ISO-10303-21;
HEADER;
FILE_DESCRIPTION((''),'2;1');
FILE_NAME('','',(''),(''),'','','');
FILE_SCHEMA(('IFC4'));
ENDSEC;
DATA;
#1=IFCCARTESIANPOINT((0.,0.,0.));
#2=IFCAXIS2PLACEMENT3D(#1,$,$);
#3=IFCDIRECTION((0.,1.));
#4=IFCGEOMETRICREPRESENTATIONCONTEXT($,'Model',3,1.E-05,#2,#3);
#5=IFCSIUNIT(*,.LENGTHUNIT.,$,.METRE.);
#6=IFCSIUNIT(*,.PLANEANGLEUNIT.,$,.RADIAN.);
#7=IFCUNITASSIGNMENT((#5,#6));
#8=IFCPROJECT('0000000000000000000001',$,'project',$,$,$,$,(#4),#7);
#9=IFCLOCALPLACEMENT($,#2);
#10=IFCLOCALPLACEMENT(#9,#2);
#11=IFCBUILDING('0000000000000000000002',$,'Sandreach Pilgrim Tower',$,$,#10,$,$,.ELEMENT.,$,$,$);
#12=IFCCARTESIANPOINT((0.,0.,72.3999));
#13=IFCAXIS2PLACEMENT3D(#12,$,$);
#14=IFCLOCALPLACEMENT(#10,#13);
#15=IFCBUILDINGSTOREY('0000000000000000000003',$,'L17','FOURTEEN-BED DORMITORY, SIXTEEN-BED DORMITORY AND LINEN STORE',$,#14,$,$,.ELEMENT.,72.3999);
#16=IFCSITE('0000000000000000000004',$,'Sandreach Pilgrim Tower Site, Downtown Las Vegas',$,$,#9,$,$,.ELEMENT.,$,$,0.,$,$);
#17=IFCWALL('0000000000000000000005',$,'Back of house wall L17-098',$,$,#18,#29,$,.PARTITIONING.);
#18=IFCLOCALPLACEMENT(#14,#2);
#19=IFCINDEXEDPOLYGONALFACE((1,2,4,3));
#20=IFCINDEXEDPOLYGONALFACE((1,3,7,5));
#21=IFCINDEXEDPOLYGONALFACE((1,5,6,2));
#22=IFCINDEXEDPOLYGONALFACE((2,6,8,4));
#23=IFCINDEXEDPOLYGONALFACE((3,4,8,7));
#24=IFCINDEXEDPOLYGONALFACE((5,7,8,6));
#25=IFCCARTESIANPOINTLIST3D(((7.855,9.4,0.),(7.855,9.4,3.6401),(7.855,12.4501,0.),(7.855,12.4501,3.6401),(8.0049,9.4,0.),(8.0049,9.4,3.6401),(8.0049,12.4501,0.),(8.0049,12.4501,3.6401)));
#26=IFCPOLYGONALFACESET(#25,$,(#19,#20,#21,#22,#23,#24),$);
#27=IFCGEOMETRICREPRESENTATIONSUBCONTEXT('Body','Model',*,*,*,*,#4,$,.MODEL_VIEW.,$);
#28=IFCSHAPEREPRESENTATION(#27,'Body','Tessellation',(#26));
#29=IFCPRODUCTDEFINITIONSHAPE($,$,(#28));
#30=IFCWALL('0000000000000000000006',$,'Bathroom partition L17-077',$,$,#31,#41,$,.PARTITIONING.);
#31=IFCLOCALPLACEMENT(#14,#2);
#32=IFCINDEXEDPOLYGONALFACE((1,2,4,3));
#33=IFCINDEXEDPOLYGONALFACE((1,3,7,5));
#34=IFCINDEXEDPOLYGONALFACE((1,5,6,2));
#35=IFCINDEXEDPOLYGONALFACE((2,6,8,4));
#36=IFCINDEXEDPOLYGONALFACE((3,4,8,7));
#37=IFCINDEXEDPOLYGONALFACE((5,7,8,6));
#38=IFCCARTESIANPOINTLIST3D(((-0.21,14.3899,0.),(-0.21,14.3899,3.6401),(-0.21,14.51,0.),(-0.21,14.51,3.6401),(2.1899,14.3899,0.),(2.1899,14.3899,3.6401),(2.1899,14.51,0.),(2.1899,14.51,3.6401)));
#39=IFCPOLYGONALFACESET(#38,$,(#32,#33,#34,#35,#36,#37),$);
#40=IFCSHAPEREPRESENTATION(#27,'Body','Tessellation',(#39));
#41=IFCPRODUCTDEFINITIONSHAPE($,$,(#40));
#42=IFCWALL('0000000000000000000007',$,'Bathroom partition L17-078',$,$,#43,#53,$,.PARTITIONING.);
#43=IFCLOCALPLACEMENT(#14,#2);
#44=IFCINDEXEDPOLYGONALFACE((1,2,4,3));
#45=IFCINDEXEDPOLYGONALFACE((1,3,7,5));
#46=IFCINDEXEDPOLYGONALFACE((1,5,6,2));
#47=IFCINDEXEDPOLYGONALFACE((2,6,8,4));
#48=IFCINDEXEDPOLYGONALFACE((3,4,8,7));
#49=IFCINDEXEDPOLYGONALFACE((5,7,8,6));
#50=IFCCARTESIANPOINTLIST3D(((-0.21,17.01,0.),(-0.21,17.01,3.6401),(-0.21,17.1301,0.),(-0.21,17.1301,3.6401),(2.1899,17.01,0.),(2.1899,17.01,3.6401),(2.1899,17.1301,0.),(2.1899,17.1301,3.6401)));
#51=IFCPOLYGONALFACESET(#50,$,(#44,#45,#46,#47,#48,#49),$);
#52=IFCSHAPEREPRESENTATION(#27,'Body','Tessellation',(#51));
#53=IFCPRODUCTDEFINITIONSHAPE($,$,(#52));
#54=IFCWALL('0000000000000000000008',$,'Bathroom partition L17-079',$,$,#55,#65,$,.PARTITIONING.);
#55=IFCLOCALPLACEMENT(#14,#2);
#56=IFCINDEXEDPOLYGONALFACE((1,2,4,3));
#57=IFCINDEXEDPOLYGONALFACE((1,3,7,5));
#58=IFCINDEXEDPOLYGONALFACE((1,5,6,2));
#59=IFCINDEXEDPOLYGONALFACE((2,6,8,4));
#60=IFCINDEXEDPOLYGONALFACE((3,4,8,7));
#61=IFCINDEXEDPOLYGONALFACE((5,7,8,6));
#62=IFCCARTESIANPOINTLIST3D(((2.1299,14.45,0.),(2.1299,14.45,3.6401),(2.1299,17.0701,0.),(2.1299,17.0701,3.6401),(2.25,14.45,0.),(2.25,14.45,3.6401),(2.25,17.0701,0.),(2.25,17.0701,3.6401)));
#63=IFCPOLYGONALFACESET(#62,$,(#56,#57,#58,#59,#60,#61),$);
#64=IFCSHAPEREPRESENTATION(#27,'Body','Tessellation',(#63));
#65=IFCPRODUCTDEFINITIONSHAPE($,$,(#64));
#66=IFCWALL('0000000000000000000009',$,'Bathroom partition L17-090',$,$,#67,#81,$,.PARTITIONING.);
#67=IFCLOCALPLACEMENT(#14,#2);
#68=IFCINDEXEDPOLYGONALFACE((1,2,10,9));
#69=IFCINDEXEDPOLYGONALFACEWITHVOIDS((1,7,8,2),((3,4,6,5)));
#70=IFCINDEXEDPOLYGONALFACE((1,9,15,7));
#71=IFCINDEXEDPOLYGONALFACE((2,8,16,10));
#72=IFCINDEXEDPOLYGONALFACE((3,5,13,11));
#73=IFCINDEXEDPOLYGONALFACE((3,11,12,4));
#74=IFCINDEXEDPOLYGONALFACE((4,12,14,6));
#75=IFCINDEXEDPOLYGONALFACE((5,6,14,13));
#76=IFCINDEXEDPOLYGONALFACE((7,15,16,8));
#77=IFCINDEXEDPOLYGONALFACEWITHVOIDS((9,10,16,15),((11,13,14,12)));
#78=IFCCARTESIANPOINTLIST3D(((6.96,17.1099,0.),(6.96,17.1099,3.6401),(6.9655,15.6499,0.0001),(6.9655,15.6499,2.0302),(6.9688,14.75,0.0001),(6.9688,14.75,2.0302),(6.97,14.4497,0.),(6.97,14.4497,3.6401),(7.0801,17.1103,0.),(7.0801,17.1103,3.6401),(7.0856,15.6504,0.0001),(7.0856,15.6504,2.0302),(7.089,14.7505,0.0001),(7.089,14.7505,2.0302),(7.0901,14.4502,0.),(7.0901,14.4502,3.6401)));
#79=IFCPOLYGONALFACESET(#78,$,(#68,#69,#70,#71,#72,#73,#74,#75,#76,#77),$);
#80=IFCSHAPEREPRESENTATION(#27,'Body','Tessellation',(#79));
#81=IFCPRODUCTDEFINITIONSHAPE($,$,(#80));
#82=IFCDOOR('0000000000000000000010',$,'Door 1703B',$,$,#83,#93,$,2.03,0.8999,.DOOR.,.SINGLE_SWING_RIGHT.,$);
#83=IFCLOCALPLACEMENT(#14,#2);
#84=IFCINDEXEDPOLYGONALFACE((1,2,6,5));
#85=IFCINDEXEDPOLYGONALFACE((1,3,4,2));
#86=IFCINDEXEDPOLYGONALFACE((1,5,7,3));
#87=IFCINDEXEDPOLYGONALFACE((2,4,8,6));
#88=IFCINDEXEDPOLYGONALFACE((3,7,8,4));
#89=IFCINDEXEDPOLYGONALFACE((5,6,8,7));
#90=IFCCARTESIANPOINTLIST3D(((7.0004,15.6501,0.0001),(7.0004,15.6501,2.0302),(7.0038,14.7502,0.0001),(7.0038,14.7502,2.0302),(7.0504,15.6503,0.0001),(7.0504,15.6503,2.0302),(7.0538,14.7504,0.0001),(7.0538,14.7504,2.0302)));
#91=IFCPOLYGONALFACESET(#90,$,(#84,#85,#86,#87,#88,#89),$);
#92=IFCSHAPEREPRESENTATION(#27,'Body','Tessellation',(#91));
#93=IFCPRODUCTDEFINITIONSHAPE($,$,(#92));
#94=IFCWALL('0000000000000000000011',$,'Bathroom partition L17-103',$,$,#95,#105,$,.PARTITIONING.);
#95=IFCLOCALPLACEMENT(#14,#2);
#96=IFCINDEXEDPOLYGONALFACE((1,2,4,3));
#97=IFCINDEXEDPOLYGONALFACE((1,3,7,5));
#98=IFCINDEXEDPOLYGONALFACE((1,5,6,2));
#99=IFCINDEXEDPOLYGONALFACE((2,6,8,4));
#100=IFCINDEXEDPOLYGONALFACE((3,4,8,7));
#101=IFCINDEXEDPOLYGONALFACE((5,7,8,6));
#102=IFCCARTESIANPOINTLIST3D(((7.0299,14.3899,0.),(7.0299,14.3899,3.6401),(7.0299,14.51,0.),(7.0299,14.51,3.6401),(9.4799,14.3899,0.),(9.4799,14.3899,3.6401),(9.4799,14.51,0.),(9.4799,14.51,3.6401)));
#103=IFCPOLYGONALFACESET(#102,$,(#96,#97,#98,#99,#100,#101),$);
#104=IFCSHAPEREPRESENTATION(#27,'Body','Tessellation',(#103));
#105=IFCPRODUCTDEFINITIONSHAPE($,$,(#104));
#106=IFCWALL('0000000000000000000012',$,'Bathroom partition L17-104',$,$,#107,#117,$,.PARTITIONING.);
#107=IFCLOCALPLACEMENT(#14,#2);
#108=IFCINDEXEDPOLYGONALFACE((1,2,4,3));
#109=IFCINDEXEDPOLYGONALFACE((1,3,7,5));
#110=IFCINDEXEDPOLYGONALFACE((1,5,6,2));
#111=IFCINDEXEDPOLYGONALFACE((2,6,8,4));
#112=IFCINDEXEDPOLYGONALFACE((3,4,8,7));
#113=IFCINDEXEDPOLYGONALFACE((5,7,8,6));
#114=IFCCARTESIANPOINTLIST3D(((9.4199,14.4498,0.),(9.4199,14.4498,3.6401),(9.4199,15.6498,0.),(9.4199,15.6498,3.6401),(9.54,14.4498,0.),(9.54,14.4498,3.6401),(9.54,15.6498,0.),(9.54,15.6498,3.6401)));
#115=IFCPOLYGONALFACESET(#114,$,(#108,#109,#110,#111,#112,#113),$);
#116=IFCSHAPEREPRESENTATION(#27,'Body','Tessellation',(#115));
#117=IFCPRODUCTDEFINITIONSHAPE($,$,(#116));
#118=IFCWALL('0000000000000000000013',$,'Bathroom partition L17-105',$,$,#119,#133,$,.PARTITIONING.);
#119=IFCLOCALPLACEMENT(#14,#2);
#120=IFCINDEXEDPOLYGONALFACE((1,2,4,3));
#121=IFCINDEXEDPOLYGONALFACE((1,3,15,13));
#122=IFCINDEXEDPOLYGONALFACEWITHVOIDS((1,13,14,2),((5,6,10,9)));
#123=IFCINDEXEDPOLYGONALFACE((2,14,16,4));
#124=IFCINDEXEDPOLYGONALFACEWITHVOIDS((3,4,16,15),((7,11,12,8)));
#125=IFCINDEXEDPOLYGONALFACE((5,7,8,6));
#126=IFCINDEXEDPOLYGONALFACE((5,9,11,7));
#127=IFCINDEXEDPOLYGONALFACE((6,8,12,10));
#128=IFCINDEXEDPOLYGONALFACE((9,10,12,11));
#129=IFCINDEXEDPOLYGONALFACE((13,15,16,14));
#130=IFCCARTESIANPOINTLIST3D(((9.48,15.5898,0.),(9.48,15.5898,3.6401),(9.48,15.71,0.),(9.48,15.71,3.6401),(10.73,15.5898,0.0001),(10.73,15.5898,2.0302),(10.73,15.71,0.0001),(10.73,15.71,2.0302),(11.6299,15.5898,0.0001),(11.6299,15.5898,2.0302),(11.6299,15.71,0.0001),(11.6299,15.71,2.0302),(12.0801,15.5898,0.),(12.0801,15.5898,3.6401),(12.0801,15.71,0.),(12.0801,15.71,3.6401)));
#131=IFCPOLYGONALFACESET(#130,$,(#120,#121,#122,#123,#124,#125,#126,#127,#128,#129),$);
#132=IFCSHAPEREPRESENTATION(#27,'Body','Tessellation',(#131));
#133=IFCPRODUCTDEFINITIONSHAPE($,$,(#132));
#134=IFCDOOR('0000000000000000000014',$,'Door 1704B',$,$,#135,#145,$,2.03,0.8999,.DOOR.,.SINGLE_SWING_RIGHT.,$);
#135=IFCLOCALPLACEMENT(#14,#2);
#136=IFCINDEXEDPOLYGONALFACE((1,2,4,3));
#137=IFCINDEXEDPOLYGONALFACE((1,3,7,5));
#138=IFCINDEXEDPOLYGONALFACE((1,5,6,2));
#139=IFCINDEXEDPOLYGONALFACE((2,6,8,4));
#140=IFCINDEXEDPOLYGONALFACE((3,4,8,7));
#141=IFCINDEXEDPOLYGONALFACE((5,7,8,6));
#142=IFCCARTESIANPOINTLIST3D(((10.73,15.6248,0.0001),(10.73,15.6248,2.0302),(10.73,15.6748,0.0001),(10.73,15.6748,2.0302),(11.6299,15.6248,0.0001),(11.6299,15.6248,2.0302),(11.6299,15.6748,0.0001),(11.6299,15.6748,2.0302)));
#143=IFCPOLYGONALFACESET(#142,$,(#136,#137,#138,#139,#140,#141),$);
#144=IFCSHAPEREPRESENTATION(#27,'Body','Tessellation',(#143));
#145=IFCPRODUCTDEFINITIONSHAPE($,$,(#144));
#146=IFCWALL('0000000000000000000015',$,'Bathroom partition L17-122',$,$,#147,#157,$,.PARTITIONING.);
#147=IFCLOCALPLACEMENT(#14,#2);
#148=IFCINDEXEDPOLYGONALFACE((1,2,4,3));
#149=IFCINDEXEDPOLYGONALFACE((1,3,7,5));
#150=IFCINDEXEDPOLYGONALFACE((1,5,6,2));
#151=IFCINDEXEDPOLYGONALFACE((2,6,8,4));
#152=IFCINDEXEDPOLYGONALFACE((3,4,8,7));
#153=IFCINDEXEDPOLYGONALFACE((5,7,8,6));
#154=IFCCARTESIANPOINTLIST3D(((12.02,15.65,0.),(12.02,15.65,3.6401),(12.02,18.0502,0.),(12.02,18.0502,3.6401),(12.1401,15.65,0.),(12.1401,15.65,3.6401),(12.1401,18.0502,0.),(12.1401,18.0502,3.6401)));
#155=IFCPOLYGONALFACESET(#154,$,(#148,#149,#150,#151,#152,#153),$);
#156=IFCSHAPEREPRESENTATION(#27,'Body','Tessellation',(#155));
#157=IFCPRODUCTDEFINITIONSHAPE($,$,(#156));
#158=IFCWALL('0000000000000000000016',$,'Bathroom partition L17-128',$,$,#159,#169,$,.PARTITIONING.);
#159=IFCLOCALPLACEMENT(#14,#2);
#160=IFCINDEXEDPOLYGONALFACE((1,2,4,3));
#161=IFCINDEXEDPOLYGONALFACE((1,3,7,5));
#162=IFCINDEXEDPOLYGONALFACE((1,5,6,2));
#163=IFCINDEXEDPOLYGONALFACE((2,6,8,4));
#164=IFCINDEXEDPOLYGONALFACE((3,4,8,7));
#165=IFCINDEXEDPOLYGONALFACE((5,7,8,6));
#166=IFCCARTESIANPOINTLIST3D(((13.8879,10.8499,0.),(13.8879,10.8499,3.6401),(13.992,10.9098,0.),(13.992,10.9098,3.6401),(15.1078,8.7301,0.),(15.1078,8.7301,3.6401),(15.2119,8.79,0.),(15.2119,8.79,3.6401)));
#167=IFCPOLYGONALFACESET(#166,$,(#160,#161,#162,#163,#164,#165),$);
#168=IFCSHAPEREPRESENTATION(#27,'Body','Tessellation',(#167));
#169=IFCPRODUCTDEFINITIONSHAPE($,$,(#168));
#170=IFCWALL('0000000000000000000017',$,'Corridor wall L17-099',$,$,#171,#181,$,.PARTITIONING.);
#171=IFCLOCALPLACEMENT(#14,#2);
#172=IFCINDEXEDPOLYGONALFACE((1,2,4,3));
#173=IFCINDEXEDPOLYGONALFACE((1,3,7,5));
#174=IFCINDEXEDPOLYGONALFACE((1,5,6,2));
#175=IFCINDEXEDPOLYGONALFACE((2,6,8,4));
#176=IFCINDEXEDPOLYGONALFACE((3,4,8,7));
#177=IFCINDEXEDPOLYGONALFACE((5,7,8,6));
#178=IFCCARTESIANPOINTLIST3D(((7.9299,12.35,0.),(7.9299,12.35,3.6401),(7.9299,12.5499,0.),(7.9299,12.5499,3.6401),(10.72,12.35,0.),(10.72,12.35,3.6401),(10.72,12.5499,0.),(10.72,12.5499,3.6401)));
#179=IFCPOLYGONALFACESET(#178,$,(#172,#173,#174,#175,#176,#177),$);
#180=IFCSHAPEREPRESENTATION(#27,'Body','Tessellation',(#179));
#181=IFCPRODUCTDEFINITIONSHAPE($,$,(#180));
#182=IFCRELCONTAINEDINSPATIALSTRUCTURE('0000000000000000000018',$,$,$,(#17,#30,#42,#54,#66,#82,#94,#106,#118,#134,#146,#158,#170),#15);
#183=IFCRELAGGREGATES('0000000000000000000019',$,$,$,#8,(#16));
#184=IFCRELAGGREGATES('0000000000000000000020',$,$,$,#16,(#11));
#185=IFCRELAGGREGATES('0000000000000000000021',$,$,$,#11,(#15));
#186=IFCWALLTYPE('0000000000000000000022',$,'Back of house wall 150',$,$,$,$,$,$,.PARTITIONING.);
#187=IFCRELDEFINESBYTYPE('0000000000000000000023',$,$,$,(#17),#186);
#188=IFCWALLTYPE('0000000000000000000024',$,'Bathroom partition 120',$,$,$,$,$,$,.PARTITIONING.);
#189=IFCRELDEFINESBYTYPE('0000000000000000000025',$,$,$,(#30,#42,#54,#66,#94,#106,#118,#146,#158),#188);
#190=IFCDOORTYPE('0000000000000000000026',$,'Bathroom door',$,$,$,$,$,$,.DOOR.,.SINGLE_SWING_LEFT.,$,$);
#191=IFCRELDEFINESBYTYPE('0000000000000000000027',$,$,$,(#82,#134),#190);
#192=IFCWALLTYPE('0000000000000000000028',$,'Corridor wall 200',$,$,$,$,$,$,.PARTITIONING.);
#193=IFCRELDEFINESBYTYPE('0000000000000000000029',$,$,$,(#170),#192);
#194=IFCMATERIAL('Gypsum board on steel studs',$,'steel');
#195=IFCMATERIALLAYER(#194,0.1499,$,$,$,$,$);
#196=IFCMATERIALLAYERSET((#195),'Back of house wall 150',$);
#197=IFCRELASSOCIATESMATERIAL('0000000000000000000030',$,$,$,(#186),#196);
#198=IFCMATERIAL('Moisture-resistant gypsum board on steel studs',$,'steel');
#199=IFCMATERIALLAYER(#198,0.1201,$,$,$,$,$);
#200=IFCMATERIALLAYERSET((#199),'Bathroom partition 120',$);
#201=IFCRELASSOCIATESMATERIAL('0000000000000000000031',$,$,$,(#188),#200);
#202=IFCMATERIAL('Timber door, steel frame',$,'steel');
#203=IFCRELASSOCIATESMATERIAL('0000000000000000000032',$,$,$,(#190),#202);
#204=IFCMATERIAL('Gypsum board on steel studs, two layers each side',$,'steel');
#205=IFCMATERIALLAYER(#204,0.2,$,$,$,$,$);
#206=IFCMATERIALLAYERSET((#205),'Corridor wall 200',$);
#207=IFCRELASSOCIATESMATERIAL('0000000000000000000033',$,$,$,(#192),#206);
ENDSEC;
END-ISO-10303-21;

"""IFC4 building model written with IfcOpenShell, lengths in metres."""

from ifc_helpers import new_model, si_unit, direction, frame, frame_2d, origin, place, context, subcontext, project, spatial, rectangle, extrude, material, layer, layer_set, type_object, element, fill, save


model = new_model("IFC4")

# Units and contexts
model_context = context("Model", 3, precision=1e-05, world=origin(), true_north=direction((0.0, 1.0)))
body_context = subcontext(model_context, "Body", "Model", "MODEL_VIEW")
ifc_project = project(units=[si_unit("LENGTHUNIT", "METRE"), si_unit("PLANEANGLEUNIT", "RADIAN")], contexts=[model_context])

# Site, building, storey
site_placement = place(None, origin())
site = spatial("IfcSite", under=ifc_project, at=site_placement, Name="Sandreach Pilgrim Tower Site, Downtown Las Vegas", CompositionType="ELEMENT", RefElevation=0.0)
building_placement = place(site_placement, origin())
building = spatial("IfcBuilding", under=site, at=building_placement, Name="Sandreach Pilgrim Tower", CompositionType="ELEMENT")
storey_placement = place(building_placement, frame((0.0, 0.0, 72.3999)))
storey = spatial("IfcBuildingStorey", under=building, at=storey_placement, Name="L17", Description="FOURTEEN-BED DORMITORY, SIXTEEN-BED DORMITORY AND LINEN STORE", CompositionType="ELEMENT", Elevation=72.3999)

# Walls
ifc_material_1 = material(Name="Gypsum board on steel studs", Category="steel")
ifc_layer_1 = layer(ifc_material_1, 0.1499)
ifc_layer_set_1 = layer_set([ifc_layer_1], Name="Back of house wall 150")
wall_type_1 = type_object("IfcWallType", Name="Back of house wall 150", PredefinedType="PARTITIONING", material=ifc_layer_set_1)
wall_1_placement = place(storey_placement, frame((7.9299, 12.45, 0.0), z_axis=(0.0, 0.0, 1.0), x_axis=(0.0, -1.0, 0.0)))
element("IfcWall", 1, at=wall_1_placement, inside=storey, type_object=wall_type_1, Name="Back of house wall L17-098", PredefinedType="PARTITIONING", context=body_context, shape_type="SweptSolid", body=[
    extrude(rectangle(XDim=3.05, YDim=0.1499, at=frame_2d((1.5249, 0.0))), origin(), (0.0, 0.0, 1.0), 3.6401),
])
ifc_material_2 = material(Name="Moisture-resistant gypsum board on steel studs", Category="steel")
ifc_layer_2 = layer(ifc_material_2, 0.1201)
ifc_layer_set_2 = layer_set([ifc_layer_2], Name="Bathroom partition 120")
wall_type_2 = type_object("IfcWallType", Name="Bathroom partition 120", PredefinedType="PARTITIONING", material=ifc_layer_set_2)
for number, where, z_axis, x_axis, name in (
    (2, (2.1899, 14.45, 0.0), (0.0, 0.0, 1.0), (-1.0, 0.0, 0.0), "Bathroom partition L17-077"),
    (3, (2.1899, 17.0701, 0.0), (0.0, 0.0, 1.0), (-1.0, 0.0, 0.0), "Bathroom partition L17-078"),
):
    element("IfcWall", number, at=place(storey_placement, frame(where, z_axis=z_axis, x_axis=x_axis)), inside=storey, type_object=wall_type_2, Name=name, PredefinedType="PARTITIONING", context=body_context, shape_type="SweptSolid", body=[
        extrude(rectangle(XDim=2.3999, YDim=0.1201, at=frame_2d((1.2, 0.0))), origin(), (0.0, 0.0, 1.0), 3.6401),
    ])
wall_2_placement = place(storey_placement, frame((2.1899, 17.0701, 0.0), z_axis=(0.0, 0.0, 1.0), x_axis=(0.0, -1.0, 0.0)))
element("IfcWall", 4, at=wall_2_placement, inside=storey, type_object=wall_type_2, Name="Bathroom partition L17-079", PredefinedType="PARTITIONING", context=body_context, shape_type="SweptSolid", body=[
    extrude(rectangle(XDim=2.6201, YDim=0.1201, at=frame_2d((1.3101, 0.0))), origin(), (0.0, 0.0, 1.0), 3.6401),
])

# Wall, opening, door
wall_3_placement = place(storey_placement, frame((7.02, 17.1101, 0.0), z_axis=(0.0, 0.0, 1.0), x_axis=(0.003763, -0.999993, 0.0)))
wall_3 = element("IfcWall", 5, at=wall_3_placement, inside=storey, type_object=wall_type_2, Name="Bathroom partition L17-090", PredefinedType="PARTITIONING", context=body_context, shape_type="SweptSolid", body=[
    extrude(rectangle(XDim=2.6602, YDim=0.1201, at=frame_2d((1.3301, 0.0))), origin(), (0.0, 0.0, 1.0), 3.6401),
])
opening_1_placement = place(wall_3_placement, frame((1.46, 0.0, 0.0)))
opening_1 = element("IfcOpeningElement", 6, at=opening_1_placement, cuts=wall_3, PredefinedType="OPENING", context=body_context, shape_type="SweptSolid", body=[
    extrude(rectangle(XDim=0.8999, YDim=2.03, at=frame_2d((0.45, 1.0151))), frame((0.0, 0.0601, 0.0), z_axis=(0.0, -1.0, 0.0), x_axis=(1.0, 0.0, 0.0)), (0.0, 0.0, 1.0), 0.1201),
])
ifc_material_3 = material(Name="Timber door, steel frame", Category="steel")
door_type_1 = type_object("IfcDoorType", Name="Bathroom door", OperationType="SINGLE_SWING_LEFT", PredefinedType="DOOR", material=ifc_material_3)
door_1_placement = place(opening_1_placement, origin())
door_1 = element("IfcDoor", 7, at=door_1_placement, inside=storey, type_object=door_type_1, Name="Door 1703B", OperationType="SINGLE_SWING_RIGHT", OverallHeight=2.03, OverallWidth=0.8999, PredefinedType="DOOR", context=body_context, shape_type="SweptSolid", body=[
    extrude(rectangle(XDim=0.8999, YDim=2.03, at=frame_2d((0.45, 1.0151))), frame((0.0, 0.0249, 0.0), z_axis=(0.0, -1.0, 0.0), x_axis=(1.0, 0.0, 0.0)), (0.0, 0.0, 1.0), 0.05),
])
fill(opening_1, door_1)

# Walls
wall_4_placement = place(storey_placement, frame((9.48, 14.45, 0.0), z_axis=(0.0, 0.0, 1.0), x_axis=(-1.0, 0.0, 0.0)))
element("IfcWall", 8, at=wall_4_placement, inside=storey, type_object=wall_type_2, Name="Bathroom partition L17-103", PredefinedType="PARTITIONING", context=body_context, shape_type="SweptSolid", body=[
    extrude(rectangle(XDim=2.45, YDim=0.1201, at=frame_2d((1.2251, 0.0))), origin(), (0.0, 0.0, 1.0), 3.6401),
])
wall_5_placement = place(storey_placement, frame((9.48, 15.6499, 0.0), z_axis=(0.0, 0.0, 1.0), x_axis=(0.0, -1.0, 0.0)))
element("IfcWall", 9, at=wall_5_placement, inside=storey, type_object=wall_type_2, Name="Bathroom partition L17-104", PredefinedType="PARTITIONING", context=body_context, shape_type="SweptSolid", body=[
    extrude(rectangle(XDim=1.2, YDim=0.1201, at=frame_2d((0.6001, 0.0))), origin(), (0.0, 0.0, 1.0), 3.6401),
])

# Wall, opening, door
wall_6_placement = place(storey_placement, frame((9.48, 15.6499, 0.0), z_axis=(0.0, 0.0, 1.0), x_axis=(1.0, 0.0, 0.0)))
wall_6 = element("IfcWall", 10, at=wall_6_placement, inside=storey, type_object=wall_type_2, Name="Bathroom partition L17-105", PredefinedType="PARTITIONING", context=body_context, shape_type="SweptSolid", body=[
    extrude(rectangle(XDim=2.6001, YDim=0.1201, at=frame_2d((1.3, 0.0))), origin(), (0.0, 0.0, 1.0), 3.6401),
])
opening_2_placement = place(wall_6_placement, frame((1.25, 0.0, 0.0)))
opening_2 = element("IfcOpeningElement", 11, at=opening_2_placement, cuts=wall_6, PredefinedType="OPENING", context=body_context, shape_type="SweptSolid", body=[
    extrude(rectangle(XDim=0.8999, YDim=2.03, at=frame_2d((0.45, 1.0151))), frame((0.0, 0.0601, 0.0), z_axis=(0.0, -1.0, 0.0), x_axis=(1.0, 0.0, 0.0)), (0.0, 0.0, 1.0), 0.1201),
])
door_2_placement = place(opening_2_placement, origin())
door_2 = element("IfcDoor", 12, at=door_2_placement, inside=storey, type_object=door_type_1, Name="Door 1704B", OperationType="SINGLE_SWING_RIGHT", OverallHeight=2.03, OverallWidth=0.8999, PredefinedType="DOOR", context=body_context, shape_type="SweptSolid", body=[
    extrude(rectangle(XDim=0.8999, YDim=2.03, at=frame_2d((0.45, 1.0151))), frame((0.0, 0.0249, 0.0), z_axis=(0.0, -1.0, 0.0), x_axis=(1.0, 0.0, 0.0)), (0.0, 0.0, 1.0), 0.05),
])
fill(opening_2, door_2)

# Walls
wall_7_placement = place(storey_placement, frame((12.0801, 15.6499, 0.0), z_axis=(0.0, 0.0, 1.0), x_axis=(0.0, 1.0, 0.0)))
element("IfcWall", 13, at=wall_7_placement, inside=storey, type_object=wall_type_2, Name="Bathroom partition L17-122", PredefinedType="PARTITIONING", context=body_context, shape_type="SweptSolid", body=[
    extrude(rectangle(XDim=2.4001, YDim=0.1201, at=frame_2d((1.2002, 0.0))), origin(), (0.0, 0.0, 1.0), 3.6401),
])
wall_8_placement = place(storey_placement, frame((13.9399, 10.8799, 0.0), z_axis=(0.0, 0.0, 1.0), x_axis=(0.498792, -0.866722, 0.0)))
element("IfcWall", 14, at=wall_8_placement, inside=storey, type_object=wall_type_2, Name="Bathroom partition L17-128", PredefinedType="PARTITIONING", context=body_context, shape_type="SweptSolid", body=[
    extrude(rectangle(XDim=2.4458, YDim=0.1201, at=frame_2d((1.2229, 0.0))), origin(), (0.0, 0.0, 1.0), 3.6401),
])

# Shared definitions
ifc_material_4 = material(Name="Gypsum board on steel studs, two layers each side", Category="steel")
ifc_layer_3 = layer(ifc_material_4, 0.2)
ifc_layer_set_3 = layer_set([ifc_layer_3], Name="Corridor wall 200")
wall_type_3 = type_object("IfcWallType", Name="Corridor wall 200", PredefinedType="PARTITIONING", material=ifc_layer_set_3)

# Wall
wall_9_placement = place(storey_placement, frame((7.9299, 12.45, 0.0), z_axis=(0.0, 0.0, 1.0), x_axis=(1.0, 0.0, 0.0)))
element("IfcWall", 15, at=wall_9_placement, inside=storey, type_object=wall_type_3, Name="Corridor wall L17-099", PredefinedType="PARTITIONING", context=body_context, shape_type="SweptSolid", body=[
    extrude(rectangle(XDim=2.79, YDim=0.2, at=frame_2d((1.395, 0.0))), origin(), (0.0, 0.0, 1.0), 3.6401),
])

save(model, "model.ifc")
